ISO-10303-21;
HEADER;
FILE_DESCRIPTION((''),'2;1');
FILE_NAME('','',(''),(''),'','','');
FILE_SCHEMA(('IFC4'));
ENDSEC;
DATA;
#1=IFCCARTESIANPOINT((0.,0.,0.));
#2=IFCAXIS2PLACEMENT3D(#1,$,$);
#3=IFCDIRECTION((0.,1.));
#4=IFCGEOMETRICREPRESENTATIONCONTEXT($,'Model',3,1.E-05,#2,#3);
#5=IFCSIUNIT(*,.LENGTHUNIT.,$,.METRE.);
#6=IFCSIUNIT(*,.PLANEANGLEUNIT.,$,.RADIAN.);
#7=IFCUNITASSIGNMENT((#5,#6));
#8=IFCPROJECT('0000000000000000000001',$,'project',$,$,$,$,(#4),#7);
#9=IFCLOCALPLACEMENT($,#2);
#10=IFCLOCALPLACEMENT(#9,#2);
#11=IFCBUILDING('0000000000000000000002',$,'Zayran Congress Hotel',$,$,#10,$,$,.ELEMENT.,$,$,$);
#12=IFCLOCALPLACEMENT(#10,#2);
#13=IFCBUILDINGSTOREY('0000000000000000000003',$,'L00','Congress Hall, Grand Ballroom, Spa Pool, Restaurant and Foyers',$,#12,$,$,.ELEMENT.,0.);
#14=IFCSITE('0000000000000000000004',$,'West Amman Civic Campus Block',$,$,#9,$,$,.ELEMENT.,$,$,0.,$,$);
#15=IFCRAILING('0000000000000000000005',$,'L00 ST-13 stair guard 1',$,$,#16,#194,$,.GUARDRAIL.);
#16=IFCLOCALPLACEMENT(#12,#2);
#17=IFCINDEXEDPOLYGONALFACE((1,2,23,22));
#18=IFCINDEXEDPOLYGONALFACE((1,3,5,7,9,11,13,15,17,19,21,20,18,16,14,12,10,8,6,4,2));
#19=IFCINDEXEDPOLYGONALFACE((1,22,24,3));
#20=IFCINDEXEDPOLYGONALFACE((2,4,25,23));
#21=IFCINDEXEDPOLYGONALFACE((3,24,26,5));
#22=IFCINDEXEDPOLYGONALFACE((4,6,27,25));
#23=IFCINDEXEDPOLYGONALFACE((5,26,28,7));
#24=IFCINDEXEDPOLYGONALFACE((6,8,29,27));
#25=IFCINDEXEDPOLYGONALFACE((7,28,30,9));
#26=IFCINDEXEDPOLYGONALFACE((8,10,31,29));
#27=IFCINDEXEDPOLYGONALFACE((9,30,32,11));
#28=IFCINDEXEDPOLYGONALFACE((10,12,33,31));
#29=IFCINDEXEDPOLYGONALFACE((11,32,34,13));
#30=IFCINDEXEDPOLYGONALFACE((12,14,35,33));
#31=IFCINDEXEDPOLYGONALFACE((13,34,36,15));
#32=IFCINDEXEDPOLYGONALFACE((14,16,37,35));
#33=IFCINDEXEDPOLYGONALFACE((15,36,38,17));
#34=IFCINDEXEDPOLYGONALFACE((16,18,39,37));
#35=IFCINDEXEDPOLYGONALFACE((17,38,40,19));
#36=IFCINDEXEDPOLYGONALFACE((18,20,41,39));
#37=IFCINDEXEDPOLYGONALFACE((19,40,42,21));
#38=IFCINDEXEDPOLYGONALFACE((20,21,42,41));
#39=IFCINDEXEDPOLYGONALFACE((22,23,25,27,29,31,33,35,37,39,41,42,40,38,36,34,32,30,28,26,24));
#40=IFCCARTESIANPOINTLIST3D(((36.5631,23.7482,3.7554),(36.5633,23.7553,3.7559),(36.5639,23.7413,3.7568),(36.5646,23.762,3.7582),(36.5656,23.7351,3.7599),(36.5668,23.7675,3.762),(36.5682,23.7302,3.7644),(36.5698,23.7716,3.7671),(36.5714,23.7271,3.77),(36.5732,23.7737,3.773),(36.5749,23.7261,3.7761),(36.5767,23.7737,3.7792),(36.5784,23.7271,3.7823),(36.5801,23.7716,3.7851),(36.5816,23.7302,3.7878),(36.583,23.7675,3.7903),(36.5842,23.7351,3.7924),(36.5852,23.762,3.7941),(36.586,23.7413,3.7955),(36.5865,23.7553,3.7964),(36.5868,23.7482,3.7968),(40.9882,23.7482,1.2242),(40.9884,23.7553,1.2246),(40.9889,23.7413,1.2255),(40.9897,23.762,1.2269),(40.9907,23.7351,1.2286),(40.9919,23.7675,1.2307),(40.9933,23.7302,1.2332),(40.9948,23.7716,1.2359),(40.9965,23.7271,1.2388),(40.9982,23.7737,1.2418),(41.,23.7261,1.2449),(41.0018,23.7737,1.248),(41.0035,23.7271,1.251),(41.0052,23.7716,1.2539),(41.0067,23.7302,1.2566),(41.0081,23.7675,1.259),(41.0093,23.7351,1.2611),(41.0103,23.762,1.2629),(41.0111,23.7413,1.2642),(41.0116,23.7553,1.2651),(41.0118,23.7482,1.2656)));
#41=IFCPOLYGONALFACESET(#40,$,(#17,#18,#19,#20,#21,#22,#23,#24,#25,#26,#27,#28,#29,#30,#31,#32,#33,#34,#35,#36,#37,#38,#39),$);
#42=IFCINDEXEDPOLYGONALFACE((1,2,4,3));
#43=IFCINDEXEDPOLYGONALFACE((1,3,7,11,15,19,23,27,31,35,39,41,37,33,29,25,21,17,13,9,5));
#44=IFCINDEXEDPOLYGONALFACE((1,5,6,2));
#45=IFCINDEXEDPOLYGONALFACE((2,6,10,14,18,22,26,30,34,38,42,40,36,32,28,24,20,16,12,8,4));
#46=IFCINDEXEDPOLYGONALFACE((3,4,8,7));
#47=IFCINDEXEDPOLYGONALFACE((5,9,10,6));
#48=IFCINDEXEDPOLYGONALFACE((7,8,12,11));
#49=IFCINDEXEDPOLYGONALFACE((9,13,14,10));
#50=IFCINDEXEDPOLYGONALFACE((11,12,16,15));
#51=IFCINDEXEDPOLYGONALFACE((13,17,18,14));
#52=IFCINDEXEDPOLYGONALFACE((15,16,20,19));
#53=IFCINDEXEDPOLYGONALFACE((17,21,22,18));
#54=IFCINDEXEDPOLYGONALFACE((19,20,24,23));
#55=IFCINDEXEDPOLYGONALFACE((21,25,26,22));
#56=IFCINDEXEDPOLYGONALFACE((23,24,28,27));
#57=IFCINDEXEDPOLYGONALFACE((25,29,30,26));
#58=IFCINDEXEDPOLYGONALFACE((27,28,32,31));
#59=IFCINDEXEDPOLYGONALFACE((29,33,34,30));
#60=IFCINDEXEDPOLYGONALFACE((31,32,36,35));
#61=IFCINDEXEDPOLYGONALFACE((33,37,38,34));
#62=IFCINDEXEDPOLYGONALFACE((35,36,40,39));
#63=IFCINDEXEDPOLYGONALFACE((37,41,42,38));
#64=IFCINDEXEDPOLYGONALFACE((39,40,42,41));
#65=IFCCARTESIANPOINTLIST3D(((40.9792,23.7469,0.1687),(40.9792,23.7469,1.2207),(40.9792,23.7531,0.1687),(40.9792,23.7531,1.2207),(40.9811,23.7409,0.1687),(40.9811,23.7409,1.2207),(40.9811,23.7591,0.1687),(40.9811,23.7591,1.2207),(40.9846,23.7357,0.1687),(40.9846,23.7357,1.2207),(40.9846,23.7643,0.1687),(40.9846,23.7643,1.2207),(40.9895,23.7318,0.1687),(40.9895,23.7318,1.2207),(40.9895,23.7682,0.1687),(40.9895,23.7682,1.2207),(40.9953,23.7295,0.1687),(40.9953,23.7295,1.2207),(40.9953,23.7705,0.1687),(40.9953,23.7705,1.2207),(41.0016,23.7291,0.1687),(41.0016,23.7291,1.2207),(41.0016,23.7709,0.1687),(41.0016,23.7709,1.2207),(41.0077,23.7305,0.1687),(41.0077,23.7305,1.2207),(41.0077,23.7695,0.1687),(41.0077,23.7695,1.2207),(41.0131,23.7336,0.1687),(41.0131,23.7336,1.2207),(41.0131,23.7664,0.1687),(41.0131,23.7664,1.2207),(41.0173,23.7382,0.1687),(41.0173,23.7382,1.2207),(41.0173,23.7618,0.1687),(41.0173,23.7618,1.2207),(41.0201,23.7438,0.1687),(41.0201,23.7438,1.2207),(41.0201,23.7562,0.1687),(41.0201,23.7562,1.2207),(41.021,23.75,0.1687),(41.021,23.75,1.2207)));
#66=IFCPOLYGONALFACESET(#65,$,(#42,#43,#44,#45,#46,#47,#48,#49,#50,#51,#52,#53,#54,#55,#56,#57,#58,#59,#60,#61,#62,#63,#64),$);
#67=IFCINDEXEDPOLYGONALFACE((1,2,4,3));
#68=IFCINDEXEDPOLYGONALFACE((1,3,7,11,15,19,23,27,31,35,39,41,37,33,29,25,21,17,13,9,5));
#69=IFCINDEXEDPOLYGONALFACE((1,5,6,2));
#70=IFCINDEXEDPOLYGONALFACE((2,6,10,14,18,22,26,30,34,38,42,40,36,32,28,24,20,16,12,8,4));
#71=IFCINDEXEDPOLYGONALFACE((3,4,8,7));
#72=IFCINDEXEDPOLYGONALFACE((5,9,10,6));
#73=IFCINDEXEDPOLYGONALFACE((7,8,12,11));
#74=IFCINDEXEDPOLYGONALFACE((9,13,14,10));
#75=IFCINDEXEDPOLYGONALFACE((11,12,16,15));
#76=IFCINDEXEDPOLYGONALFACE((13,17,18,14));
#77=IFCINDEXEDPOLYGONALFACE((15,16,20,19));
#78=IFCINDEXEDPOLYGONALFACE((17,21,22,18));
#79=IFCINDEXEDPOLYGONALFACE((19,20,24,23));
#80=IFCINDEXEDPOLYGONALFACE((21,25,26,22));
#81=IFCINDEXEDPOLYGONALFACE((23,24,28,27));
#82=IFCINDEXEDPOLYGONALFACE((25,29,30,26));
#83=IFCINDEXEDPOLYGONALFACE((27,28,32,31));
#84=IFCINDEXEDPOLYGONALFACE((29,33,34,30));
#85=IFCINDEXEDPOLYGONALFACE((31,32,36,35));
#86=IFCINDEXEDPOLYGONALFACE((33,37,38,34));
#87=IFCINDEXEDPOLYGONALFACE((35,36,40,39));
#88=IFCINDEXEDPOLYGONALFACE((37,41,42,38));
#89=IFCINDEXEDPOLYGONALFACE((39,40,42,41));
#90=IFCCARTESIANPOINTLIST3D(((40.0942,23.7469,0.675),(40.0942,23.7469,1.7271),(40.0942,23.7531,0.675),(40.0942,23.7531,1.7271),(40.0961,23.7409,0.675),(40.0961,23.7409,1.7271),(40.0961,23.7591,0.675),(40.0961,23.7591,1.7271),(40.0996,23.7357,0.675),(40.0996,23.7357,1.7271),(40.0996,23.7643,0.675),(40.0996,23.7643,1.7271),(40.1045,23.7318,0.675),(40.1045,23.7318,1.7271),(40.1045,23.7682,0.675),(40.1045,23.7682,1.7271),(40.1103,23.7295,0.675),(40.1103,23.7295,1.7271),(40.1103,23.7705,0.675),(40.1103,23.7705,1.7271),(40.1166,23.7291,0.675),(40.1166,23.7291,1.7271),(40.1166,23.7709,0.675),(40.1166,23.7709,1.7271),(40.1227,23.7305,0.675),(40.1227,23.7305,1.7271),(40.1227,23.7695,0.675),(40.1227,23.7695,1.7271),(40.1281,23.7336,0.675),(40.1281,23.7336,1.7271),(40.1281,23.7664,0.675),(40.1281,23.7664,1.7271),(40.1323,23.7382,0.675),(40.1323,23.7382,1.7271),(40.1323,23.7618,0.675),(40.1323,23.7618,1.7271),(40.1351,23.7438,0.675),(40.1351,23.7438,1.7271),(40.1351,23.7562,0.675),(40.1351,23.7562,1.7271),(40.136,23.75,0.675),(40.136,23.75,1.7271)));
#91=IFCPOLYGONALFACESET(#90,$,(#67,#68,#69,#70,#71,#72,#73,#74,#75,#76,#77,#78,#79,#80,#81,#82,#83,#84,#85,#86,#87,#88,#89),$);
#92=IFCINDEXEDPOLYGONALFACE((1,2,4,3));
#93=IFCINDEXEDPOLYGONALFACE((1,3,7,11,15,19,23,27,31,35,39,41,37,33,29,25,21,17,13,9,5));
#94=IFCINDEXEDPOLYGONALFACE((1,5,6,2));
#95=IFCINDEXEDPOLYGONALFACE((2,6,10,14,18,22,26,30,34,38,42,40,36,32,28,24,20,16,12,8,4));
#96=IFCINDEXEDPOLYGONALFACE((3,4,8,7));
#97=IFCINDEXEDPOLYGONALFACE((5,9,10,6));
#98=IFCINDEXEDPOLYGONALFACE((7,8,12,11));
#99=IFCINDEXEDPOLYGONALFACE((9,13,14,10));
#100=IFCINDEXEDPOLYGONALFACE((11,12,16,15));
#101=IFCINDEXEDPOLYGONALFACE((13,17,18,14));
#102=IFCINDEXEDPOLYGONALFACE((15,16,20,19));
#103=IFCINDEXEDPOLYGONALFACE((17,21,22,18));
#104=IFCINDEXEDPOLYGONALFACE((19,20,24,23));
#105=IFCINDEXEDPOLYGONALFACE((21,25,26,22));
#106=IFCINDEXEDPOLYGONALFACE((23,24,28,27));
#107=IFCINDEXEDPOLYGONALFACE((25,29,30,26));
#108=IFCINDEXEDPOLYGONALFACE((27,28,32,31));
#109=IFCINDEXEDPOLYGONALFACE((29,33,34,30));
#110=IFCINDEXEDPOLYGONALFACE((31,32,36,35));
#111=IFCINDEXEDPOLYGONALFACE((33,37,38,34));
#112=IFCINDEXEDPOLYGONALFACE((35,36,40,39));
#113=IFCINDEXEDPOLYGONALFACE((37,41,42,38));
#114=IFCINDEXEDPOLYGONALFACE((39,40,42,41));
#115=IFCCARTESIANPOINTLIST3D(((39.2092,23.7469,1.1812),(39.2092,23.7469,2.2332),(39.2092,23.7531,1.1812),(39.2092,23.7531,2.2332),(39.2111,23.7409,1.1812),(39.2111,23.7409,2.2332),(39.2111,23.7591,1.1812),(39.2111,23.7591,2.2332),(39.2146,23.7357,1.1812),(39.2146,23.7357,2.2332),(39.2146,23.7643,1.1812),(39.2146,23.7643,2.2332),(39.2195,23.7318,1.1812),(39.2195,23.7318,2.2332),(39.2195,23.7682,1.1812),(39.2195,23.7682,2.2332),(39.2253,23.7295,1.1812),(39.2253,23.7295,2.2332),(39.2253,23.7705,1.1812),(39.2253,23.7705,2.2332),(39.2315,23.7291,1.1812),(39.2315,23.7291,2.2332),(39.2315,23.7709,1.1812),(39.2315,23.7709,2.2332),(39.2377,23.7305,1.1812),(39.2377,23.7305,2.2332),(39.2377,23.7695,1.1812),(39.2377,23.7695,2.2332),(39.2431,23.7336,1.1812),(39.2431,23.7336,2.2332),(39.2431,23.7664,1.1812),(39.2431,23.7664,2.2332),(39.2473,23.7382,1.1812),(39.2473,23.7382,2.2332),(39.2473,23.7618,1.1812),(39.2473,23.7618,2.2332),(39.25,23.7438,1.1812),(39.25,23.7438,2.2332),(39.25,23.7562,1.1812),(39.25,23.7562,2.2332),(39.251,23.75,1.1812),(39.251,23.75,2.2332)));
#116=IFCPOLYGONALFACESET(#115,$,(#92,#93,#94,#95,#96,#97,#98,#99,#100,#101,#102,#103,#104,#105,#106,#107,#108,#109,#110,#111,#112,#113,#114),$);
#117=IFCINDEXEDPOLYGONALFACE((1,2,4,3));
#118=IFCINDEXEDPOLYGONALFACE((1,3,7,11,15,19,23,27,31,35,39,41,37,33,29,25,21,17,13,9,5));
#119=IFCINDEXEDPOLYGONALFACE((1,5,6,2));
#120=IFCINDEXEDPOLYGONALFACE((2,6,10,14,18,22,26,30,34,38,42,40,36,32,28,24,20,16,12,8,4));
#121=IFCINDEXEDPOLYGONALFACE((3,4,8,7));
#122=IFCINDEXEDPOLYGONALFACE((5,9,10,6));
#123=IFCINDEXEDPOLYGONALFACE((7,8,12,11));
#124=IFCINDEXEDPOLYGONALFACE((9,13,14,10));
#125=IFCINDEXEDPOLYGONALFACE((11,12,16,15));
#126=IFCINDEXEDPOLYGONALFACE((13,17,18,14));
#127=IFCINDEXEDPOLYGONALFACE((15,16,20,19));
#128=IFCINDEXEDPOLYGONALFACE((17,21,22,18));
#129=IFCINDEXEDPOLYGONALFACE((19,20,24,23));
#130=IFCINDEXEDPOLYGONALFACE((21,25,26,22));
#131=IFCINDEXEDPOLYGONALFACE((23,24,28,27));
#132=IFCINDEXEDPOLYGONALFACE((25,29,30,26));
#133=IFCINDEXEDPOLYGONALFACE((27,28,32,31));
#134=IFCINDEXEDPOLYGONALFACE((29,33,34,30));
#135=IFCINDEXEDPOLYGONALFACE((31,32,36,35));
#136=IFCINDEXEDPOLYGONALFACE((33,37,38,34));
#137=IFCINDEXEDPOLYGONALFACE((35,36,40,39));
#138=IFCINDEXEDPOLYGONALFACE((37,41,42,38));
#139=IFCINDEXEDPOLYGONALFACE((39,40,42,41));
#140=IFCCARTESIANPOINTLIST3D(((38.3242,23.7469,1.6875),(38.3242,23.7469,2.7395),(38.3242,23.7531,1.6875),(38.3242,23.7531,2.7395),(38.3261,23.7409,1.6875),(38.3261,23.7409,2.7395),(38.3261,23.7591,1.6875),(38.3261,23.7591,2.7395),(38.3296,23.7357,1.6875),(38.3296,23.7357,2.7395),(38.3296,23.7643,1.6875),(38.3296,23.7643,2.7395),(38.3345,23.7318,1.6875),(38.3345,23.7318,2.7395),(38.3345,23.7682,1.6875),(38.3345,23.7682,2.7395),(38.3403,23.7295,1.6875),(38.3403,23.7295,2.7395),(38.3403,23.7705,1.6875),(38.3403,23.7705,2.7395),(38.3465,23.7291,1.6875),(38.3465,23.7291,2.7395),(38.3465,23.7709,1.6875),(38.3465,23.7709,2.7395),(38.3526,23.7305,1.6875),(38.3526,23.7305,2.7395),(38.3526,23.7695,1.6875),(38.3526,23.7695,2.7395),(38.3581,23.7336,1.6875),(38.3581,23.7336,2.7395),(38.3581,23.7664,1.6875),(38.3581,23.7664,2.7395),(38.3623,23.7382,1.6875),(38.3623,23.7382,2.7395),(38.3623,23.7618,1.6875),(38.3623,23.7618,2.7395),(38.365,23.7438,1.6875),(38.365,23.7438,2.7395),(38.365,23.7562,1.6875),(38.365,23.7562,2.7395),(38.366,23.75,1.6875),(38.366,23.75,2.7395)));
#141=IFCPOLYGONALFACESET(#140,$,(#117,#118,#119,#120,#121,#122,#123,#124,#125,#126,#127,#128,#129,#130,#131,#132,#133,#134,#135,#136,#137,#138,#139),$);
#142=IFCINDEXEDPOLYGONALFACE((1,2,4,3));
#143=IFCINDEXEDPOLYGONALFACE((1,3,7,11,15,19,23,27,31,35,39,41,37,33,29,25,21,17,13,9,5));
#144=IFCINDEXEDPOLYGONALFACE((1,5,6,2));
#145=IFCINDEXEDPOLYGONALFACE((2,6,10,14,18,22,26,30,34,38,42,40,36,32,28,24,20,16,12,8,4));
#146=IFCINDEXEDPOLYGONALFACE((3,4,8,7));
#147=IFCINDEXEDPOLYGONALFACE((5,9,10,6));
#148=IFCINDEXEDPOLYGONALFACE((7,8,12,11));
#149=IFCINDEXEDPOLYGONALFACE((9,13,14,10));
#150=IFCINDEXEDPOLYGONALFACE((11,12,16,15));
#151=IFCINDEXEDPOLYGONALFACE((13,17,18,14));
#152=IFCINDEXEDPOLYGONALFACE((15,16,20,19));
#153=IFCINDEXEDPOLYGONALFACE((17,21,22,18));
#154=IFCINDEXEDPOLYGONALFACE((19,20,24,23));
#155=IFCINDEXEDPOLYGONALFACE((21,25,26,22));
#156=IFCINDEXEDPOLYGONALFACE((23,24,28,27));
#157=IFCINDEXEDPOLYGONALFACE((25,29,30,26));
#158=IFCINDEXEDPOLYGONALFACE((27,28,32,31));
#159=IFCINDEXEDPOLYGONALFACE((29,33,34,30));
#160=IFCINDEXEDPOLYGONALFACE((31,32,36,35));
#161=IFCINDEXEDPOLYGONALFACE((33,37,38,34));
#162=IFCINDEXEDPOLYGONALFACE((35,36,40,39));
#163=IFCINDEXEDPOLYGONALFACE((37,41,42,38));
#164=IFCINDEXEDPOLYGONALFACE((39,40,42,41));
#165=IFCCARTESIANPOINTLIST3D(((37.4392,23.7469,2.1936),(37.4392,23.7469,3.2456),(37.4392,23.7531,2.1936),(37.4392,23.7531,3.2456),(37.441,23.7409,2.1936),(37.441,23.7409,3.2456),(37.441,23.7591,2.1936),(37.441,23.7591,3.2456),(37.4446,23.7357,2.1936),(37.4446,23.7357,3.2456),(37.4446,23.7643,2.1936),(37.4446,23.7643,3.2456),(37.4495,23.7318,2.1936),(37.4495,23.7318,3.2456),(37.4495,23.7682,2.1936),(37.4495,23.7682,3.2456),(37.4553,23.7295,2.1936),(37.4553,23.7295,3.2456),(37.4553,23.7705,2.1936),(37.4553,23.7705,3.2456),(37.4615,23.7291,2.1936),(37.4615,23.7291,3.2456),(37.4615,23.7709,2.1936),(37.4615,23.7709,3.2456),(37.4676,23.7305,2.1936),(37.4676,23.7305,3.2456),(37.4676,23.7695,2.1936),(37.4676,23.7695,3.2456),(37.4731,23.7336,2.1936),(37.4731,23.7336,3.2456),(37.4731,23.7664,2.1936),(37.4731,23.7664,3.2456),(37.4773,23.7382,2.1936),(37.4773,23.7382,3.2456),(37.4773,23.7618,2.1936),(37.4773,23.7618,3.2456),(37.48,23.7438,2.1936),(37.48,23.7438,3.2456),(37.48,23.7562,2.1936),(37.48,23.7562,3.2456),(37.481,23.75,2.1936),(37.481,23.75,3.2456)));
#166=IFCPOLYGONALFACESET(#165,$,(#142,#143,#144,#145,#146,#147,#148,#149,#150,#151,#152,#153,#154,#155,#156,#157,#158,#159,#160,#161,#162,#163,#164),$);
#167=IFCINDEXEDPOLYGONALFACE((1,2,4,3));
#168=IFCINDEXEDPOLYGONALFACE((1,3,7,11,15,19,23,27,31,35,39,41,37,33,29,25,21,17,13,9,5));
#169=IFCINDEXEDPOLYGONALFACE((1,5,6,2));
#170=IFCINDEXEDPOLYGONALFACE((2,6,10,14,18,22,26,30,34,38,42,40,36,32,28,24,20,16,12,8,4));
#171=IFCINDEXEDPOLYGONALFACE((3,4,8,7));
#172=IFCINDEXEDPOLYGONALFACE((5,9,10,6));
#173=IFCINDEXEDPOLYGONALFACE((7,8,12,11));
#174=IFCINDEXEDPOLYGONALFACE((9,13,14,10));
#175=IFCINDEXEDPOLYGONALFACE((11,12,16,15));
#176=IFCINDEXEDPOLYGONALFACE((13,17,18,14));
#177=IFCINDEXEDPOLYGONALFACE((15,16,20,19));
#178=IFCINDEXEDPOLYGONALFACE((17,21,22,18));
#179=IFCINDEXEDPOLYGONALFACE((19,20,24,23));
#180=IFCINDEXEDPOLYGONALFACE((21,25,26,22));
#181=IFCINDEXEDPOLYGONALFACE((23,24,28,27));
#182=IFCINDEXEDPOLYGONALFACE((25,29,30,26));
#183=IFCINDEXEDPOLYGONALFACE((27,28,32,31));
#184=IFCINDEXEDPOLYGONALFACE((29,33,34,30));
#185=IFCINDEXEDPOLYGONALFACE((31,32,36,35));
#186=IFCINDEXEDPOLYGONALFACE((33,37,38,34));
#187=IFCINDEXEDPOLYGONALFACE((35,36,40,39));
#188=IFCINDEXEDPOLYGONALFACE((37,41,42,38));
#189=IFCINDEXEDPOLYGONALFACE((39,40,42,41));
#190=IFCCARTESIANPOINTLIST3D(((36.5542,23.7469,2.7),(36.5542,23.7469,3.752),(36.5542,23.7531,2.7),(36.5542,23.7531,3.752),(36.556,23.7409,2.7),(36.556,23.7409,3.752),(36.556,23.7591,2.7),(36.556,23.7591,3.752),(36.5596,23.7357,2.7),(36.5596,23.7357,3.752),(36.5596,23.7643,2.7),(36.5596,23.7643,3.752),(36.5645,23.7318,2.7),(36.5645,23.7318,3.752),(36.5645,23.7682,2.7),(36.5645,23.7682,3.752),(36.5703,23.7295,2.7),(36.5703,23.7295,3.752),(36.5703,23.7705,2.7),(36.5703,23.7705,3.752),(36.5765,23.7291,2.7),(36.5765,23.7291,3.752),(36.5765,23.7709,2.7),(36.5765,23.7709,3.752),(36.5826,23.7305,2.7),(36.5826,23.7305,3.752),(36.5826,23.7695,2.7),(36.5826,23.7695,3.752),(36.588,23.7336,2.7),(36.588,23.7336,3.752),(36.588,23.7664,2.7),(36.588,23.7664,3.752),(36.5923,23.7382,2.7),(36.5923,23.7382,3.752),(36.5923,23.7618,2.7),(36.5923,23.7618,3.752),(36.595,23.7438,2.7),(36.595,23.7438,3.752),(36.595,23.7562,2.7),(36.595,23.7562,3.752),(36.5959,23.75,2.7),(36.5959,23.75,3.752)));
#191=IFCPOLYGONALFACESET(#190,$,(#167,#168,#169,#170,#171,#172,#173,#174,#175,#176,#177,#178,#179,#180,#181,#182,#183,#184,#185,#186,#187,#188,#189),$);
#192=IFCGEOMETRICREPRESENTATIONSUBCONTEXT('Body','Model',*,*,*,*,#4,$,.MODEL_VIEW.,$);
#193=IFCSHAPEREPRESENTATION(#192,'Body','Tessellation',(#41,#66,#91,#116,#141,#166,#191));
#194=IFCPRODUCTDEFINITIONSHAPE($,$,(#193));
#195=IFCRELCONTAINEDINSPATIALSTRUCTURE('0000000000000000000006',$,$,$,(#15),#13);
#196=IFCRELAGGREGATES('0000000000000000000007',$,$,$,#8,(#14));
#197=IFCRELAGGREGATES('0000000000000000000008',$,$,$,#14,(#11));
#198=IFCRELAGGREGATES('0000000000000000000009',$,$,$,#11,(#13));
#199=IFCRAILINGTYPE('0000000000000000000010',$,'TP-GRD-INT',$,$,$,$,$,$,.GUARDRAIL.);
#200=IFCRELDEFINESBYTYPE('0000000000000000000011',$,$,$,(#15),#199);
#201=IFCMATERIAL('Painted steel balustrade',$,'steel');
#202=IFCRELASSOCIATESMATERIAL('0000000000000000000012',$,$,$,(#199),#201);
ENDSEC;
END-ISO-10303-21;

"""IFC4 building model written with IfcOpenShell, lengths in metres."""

from ifc_helpers import new_model, si_unit, direction, frame, origin, origin_2d, place, context, subcontext, project, spatial, circle, extrude, material, type_object, element, save


model = new_model("IFC4")

# Units and contexts
model_context = context("Model", 3, precision=1e-05, world=origin(), true_north=direction((0.0, 1.0)))
body_context = subcontext(model_context, "Body", "Model", "MODEL_VIEW")
ifc_project = project(units=[si_unit("LENGTHUNIT", "METRE"), si_unit("PLANEANGLEUNIT", "RADIAN")], contexts=[model_context])

# Site, building, storey
site_placement = place(None, origin())
site = spatial("IfcSite", under=ifc_project, at=site_placement, Name="West Amman Civic Campus Block", CompositionType="ELEMENT", RefElevation=0.0)
building_placement = place(site_placement, origin())
building = spatial("IfcBuilding", under=site, at=building_placement, Name="Zayran Congress Hotel", CompositionType="ELEMENT")
storey_placement = place(building_placement, origin())
storey = spatial("IfcBuildingStorey", under=building, at=storey_placement, Name="L00", Description="Congress Hall, Grand Ballroom, Spa Pool, Restaurant and Foyers", CompositionType="ELEMENT", Elevation=0.0)

# Railing
ifc_material_1 = material(Name="Painted steel balustrade", Category="steel")
railing_type_1 = type_object("IfcRailingType", Name="TP-GRD-INT", PredefinedType="GUARDRAIL", material=ifc_material_1)
railing_1_placement = place(storey_placement, frame((41.0, 23.75, 0.1687)))
element("IfcRailing", 1, at=railing_1_placement, inside=storey, type_object=railing_type_1, Name="L00 ST-13 stair guard 1", PredefinedType="GUARDRAIL", context=body_context, shape_type="SweptSolid", body=[
    extrude(circle(Radius=0.0239, at=origin_2d()), frame((0.0, 0.0, 1.0762), z_axis=(-0.868019, 0.0, 0.496531), x_axis=(0.0, -1.0, 0.0)), (0.0, 0.0, 1.0), 5.0979),
    extrude(circle(Radius=0.021, at=origin_2d()), origin(), (0.0, 0.0, 1.0), 1.052),
    extrude(circle(Radius=0.021, at=origin_2d()), frame((-0.885, 0.0, 0.5063)), (0.0, 0.0, 1.0), 1.052),
    extrude(circle(Radius=0.021, at=origin_2d()), frame((-1.77, 0.0, 1.0125)), (0.0, 0.0, 1.0), 1.052),
    extrude(circle(Radius=0.021, at=origin_2d()), frame((-2.655, 0.0, 1.5188)), (0.0, 0.0, 1.0), 1.052),
    extrude(circle(Radius=0.021, at=origin_2d()), frame((-3.54, 0.0, 2.0249)), (0.0, 0.0, 1.0), 1.052),
    extrude(circle(Radius=0.021, at=origin_2d()), frame((-4.425, 0.0, 2.5312)), (0.0, 0.0, 1.0), 1.052),
])

save(model, "model.ifc")
